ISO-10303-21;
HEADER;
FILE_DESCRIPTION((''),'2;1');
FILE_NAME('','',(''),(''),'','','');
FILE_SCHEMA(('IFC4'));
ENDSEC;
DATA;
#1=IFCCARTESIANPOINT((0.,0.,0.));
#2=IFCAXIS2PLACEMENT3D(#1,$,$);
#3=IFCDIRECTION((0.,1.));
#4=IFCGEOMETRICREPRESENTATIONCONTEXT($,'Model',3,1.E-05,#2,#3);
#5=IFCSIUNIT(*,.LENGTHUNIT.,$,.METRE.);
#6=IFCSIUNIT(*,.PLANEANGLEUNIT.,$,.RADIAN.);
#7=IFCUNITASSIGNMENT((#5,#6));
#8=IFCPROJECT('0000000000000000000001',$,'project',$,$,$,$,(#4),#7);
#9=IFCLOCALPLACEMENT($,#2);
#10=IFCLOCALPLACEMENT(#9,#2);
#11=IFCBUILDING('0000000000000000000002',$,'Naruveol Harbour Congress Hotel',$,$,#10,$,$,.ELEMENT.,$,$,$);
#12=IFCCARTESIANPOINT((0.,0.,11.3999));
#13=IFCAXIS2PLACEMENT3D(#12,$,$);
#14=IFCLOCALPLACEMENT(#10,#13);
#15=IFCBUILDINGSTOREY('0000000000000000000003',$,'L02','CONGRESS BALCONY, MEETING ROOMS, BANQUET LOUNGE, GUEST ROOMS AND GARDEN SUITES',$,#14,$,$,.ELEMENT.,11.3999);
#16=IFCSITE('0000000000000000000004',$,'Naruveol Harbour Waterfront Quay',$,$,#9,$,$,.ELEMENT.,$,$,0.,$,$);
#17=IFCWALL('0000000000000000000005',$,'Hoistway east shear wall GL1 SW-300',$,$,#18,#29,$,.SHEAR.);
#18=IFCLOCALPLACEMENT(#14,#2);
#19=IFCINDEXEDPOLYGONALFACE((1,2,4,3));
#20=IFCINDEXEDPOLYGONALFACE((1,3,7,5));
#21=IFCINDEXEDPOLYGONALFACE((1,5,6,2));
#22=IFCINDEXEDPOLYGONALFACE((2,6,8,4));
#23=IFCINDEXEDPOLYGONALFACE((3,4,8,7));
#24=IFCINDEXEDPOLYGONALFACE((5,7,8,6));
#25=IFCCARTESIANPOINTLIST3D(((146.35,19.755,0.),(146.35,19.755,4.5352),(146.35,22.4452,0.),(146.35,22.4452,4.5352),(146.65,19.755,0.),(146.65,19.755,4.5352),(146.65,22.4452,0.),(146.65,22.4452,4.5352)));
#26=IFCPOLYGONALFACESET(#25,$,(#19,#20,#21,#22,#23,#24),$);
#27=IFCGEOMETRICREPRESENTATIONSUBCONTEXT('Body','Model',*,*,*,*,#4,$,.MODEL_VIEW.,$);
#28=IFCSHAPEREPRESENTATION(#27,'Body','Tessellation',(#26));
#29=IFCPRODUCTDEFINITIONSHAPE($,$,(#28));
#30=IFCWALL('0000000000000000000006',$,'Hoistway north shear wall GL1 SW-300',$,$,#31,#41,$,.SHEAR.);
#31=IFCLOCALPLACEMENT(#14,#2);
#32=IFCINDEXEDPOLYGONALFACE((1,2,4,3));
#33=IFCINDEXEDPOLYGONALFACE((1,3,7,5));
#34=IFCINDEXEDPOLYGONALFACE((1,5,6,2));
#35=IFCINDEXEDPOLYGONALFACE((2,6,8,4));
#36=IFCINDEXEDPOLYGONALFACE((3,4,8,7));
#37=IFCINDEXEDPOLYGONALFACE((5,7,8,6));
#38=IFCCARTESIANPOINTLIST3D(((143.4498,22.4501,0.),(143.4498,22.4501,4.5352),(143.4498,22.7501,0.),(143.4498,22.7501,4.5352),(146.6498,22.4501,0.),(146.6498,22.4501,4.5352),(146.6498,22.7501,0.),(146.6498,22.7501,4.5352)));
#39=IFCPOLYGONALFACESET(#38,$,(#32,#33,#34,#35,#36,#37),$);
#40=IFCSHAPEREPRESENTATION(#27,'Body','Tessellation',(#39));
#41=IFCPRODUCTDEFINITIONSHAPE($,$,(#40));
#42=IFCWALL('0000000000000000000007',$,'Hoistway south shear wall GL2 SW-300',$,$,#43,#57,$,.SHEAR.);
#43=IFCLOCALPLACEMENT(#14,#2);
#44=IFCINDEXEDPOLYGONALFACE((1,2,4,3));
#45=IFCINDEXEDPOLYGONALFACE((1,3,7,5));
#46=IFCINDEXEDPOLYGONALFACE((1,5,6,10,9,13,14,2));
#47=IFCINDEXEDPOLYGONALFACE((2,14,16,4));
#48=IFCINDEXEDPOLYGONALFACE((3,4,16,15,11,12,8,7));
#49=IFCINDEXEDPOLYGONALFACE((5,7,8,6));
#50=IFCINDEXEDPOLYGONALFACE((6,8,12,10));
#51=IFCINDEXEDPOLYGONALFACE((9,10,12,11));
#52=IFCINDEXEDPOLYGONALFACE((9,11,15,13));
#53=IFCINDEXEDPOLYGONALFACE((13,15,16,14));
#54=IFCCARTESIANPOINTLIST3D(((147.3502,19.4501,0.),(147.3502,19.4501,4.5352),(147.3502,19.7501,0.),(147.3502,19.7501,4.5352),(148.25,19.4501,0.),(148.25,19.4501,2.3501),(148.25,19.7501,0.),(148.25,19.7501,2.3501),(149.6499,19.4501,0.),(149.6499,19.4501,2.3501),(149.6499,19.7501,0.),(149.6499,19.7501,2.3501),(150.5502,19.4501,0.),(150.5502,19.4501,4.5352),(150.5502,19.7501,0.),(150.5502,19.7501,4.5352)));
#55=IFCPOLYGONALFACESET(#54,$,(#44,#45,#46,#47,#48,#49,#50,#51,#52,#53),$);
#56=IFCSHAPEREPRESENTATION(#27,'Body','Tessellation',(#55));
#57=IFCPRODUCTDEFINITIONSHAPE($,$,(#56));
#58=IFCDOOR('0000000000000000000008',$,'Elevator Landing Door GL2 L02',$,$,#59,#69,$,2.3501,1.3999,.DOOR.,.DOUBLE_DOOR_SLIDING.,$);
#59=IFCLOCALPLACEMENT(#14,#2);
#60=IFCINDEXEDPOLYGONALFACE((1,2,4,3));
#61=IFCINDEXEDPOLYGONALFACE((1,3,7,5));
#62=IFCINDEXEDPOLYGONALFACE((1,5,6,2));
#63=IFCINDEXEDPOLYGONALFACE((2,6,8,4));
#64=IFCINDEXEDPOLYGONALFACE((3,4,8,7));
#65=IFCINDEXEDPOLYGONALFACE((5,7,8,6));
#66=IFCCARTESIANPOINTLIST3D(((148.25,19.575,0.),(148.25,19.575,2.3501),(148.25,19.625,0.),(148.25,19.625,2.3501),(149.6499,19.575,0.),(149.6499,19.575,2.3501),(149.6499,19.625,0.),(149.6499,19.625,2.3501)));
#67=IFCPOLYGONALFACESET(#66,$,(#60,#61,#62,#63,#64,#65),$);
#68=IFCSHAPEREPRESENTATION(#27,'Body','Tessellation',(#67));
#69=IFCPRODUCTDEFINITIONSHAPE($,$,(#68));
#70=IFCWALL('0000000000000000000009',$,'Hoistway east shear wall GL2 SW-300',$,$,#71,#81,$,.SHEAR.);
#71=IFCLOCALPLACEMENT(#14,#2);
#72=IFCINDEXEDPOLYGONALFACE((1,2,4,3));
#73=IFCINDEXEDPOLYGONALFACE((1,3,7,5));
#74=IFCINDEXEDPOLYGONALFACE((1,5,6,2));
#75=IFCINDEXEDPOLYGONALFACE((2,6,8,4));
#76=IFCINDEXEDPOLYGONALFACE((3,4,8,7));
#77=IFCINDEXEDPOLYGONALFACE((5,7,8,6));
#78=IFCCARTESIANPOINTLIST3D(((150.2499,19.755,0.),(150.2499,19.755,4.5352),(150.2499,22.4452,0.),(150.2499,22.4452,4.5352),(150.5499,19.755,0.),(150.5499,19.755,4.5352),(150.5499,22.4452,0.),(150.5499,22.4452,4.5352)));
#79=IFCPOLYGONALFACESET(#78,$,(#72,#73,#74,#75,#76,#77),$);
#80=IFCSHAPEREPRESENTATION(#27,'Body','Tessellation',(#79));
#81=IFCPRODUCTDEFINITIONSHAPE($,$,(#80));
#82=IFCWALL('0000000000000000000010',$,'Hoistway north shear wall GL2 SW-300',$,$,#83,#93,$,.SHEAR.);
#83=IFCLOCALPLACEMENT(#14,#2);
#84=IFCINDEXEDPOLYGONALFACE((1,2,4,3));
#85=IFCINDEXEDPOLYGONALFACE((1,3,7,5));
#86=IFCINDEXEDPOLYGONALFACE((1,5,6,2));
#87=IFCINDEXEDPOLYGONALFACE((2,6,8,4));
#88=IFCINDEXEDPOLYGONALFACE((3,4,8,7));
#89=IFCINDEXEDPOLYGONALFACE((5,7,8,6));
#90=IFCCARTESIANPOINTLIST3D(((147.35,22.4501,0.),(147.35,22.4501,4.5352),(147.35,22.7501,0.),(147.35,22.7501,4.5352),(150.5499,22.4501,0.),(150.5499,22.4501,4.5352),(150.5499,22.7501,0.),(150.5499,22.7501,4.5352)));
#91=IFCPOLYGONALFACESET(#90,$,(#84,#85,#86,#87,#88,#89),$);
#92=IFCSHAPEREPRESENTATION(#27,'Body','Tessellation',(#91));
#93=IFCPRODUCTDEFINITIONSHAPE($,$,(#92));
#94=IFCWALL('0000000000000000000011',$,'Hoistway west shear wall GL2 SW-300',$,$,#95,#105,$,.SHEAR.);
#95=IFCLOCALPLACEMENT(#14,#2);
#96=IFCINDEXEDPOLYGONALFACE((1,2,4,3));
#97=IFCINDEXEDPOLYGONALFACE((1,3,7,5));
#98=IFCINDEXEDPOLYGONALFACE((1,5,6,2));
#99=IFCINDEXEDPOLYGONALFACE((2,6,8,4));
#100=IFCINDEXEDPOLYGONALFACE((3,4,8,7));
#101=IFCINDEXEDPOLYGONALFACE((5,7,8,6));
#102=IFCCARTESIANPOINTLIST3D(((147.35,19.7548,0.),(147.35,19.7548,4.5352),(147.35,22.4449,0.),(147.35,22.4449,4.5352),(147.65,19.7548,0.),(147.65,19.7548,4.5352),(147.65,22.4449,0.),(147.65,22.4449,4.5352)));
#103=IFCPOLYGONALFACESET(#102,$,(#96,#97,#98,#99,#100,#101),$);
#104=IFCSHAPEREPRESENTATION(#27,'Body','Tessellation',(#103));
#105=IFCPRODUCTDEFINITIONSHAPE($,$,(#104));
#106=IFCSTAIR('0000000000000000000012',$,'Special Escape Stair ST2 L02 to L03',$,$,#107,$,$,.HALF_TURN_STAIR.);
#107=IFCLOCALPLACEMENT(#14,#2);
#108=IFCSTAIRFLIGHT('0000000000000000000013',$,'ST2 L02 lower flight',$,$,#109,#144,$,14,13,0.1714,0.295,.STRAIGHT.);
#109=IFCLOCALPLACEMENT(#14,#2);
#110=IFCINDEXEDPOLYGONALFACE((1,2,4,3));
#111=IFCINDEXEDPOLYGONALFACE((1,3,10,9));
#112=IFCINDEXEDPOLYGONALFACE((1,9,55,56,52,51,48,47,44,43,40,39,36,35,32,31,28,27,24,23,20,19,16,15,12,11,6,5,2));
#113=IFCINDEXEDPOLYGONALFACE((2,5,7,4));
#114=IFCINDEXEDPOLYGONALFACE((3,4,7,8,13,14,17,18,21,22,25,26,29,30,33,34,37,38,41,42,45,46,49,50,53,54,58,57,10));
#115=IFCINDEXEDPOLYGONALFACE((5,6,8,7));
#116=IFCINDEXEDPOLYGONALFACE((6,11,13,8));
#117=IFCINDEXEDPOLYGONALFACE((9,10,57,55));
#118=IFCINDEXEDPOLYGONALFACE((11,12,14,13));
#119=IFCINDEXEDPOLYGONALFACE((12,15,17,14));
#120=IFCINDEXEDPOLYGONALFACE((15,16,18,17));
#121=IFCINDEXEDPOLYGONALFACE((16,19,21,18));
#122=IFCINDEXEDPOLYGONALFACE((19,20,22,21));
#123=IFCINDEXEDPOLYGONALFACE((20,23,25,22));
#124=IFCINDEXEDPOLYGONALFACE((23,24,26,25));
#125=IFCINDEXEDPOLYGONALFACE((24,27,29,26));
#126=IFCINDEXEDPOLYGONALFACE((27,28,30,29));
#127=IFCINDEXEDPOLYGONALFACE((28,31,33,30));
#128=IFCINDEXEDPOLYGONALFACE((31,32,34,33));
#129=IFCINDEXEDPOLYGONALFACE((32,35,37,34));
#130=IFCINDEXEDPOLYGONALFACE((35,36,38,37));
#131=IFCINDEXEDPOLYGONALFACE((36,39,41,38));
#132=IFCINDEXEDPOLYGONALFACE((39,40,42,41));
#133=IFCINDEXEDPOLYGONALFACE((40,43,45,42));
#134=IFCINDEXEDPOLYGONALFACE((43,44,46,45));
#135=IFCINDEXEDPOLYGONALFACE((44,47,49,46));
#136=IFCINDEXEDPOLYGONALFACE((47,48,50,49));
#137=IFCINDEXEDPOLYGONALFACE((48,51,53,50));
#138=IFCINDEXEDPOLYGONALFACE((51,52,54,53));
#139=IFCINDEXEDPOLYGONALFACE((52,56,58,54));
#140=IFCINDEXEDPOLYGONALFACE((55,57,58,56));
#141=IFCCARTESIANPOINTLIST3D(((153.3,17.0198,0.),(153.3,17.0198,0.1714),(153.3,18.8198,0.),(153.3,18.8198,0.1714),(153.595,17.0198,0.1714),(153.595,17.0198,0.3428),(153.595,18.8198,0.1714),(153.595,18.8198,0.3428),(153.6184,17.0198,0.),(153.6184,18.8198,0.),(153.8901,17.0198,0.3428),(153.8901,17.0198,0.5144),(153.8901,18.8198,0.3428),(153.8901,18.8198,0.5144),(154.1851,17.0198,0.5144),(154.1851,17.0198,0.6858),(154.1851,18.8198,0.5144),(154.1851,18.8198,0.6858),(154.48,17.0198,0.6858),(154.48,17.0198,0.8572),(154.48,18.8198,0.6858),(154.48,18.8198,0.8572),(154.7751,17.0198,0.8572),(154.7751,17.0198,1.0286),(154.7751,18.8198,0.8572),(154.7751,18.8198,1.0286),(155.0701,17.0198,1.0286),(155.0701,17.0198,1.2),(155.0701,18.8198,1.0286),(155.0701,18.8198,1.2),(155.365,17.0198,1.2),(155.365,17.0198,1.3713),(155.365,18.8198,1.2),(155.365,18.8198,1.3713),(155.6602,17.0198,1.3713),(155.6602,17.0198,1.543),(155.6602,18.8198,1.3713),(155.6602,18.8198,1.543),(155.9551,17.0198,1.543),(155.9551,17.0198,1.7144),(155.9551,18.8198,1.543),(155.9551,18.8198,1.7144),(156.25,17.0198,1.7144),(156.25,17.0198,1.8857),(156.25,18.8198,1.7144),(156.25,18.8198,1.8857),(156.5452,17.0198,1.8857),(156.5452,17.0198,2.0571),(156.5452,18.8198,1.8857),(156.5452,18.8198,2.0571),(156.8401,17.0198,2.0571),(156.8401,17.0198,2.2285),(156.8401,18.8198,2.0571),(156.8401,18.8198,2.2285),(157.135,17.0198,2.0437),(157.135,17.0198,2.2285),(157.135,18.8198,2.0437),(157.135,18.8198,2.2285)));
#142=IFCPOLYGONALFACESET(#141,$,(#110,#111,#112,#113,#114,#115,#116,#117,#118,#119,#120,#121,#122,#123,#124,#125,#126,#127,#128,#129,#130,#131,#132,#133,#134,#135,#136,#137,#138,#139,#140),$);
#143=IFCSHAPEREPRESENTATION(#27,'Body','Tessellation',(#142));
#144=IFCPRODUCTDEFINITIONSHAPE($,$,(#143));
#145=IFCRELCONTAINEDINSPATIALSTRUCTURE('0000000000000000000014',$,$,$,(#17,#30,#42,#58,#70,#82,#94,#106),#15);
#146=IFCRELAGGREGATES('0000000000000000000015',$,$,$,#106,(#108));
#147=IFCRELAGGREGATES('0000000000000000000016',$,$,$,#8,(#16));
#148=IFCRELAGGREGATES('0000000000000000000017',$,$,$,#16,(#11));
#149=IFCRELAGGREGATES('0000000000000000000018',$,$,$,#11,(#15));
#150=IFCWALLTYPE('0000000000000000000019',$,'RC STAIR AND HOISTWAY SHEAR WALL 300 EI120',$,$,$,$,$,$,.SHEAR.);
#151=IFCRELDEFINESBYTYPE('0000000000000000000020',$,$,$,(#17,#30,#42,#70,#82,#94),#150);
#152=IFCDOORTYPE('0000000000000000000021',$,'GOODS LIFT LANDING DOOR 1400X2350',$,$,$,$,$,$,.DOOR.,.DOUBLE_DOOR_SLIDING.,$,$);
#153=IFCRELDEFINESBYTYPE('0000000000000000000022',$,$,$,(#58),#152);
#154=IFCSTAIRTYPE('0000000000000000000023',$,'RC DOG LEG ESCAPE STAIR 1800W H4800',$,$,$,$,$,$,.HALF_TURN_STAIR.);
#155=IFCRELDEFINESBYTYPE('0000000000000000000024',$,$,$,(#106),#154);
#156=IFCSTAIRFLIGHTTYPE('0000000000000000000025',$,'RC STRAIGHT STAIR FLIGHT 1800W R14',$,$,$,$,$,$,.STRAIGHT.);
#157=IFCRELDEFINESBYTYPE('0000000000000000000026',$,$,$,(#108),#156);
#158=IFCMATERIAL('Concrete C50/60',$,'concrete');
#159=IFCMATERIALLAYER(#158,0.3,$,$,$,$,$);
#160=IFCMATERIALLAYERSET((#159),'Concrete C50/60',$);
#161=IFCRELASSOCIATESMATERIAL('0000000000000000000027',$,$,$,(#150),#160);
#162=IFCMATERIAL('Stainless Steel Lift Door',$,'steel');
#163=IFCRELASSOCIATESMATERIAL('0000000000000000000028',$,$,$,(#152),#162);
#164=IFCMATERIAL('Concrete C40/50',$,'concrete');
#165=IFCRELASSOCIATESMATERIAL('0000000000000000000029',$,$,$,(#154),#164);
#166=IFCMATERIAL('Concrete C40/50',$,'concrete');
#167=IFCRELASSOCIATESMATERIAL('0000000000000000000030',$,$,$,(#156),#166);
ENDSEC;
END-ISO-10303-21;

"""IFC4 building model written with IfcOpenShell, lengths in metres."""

from ifc_helpers import new_model, si_unit, direction, frame, frame_2d, origin, place, context, subcontext, project, spatial, polyline, rectangle, outline, extrude, material, layer, layer_set, type_object, element, fill, aggregate, save


model = new_model("IFC4")

# Units and contexts
model_context = context("Model", 3, precision=1e-05, world=origin(), true_north=direction((0.0, 1.0)))
body_context = subcontext(model_context, "Body", "Model", "MODEL_VIEW")
ifc_project = project(units=[si_unit("LENGTHUNIT", "METRE"), si_unit("PLANEANGLEUNIT", "RADIAN")], contexts=[model_context])

# Site, building, storey
site_placement = place(None, origin())
site = spatial("IfcSite", under=ifc_project, at=site_placement, Name="Naruveol Harbour Waterfront Quay", CompositionType="ELEMENT", RefElevation=0.0)
building_placement = place(site_placement, origin())
building = spatial("IfcBuilding", under=site, at=building_placement, Name="Naruveol Harbour Congress Hotel", CompositionType="ELEMENT")
storey_placement = place(building_placement, frame((0.0, 0.0, 11.3999)))
storey = spatial("IfcBuildingStorey", under=building, at=storey_placement, Name="L02", Description="CONGRESS BALCONY, MEETING ROOMS, BANQUET LOUNGE, GUEST ROOMS AND GARDEN SUITES", CompositionType="ELEMENT", Elevation=11.3999)

# Walls
ifc_material_1 = material(Name="Concrete C50/60", Category="concrete")
ifc_layer_1 = layer(ifc_material_1, 0.3)
ifc_layer_set_1 = layer_set([ifc_layer_1], Name="Concrete C50/60")
wall_type_1 = type_object("IfcWallType", Name="RC STAIR AND HOISTWAY SHEAR WALL 300 EI120", PredefinedType="SHEAR", material=ifc_layer_set_1)
wall_1_placement = place(storey_placement, frame((146.5, 19.7549, 0.0), z_axis=(0.0, 0.0, 1.0), x_axis=(0.0, 1.0, 0.0)))
element("IfcWall", 1, at=wall_1_placement, inside=storey, type_object=wall_type_1, Name="Hoistway east shear wall GL1 SW-300", PredefinedType="SHEAR", context=body_context, shape_type="SweptSolid", body=[
    extrude(rectangle(XDim=2.6902, YDim=0.3, at=frame_2d((1.3452, 0.0))), origin(), (0.0, 0.0, 1.0), 4.5352),
])
wall_2_placement = place(storey_placement, frame((146.6499, 22.6001, 0.0), z_axis=(0.0, 0.0, 1.0), x_axis=(-1.0, 0.0, 0.0)))
element("IfcWall", 2, at=wall_2_placement, inside=storey, type_object=wall_type_1, Name="Hoistway north shear wall GL1 SW-300", PredefinedType="SHEAR", context=body_context, shape_type="SweptSolid", body=[
    extrude(rectangle(XDim=3.2, YDim=0.3, at=frame_2d((1.6001, 0.0))), origin(), (0.0, 0.0, 1.0), 4.5352),
])

# Wall, opening, door
wall_3_placement = place(storey_placement, frame((147.3501, 19.6001, 0.0), z_axis=(0.0, 0.0, 1.0), x_axis=(1.0, 0.0, 0.0)))
wall_3 = element("IfcWall", 3, at=wall_3_placement, inside=storey, type_object=wall_type_1, Name="Hoistway south shear wall GL2 SW-300", PredefinedType="SHEAR", context=body_context, shape_type="SweptSolid", body=[
    extrude(rectangle(XDim=3.2, YDim=0.3, at=frame_2d((1.6001, 0.0))), origin(), (0.0, 0.0, 1.0), 4.5352),
])
opening_1_placement = place(wall_3_placement, frame((0.8999, 0.0, 0.0)))
opening_1 = element("IfcOpeningElement", 4, at=opening_1_placement, cuts=wall_3, PredefinedType="OPENING", context=body_context, shape_type="SweptSolid", body=[
    extrude(rectangle(XDim=1.3999, YDim=2.3501, at=frame_2d((0.7, 1.175))), frame((0.0, 0.1599, 0.0), z_axis=(0.0, -1.0, 0.0), x_axis=(1.0, 0.0, 0.0)), (0.0, 0.0, 1.0), 0.3201),
])
ifc_material_2 = material(Name="Stainless Steel Lift Door", Category="steel")
door_type_1 = type_object("IfcDoorType", Name="GOODS LIFT LANDING DOOR 1400X2350", OperationType="DOUBLE_DOOR_SLIDING", PredefinedType="DOOR", material=ifc_material_2)
door_1_placement = place(opening_1_placement, origin())
door_1 = element("IfcDoor", 5, at=door_1_placement, inside=storey, type_object=door_type_1, Name="Elevator Landing Door GL2 L02", OperationType="DOUBLE_DOOR_SLIDING", OverallHeight=2.3501, OverallWidth=1.3999, PredefinedType="DOOR", context=body_context, shape_type="SweptSolid", body=[
    extrude(rectangle(XDim=1.3999, YDim=2.3501, at=frame_2d((0.7, 1.175))), frame((0.0, 0.0249, 0.0), z_axis=(0.0, -1.0, 0.0), x_axis=(1.0, 0.0, 0.0)), (0.0, 0.0, 1.0), 0.05),
])
fill(opening_1, door_1)

# Walls
wall_4_placement = place(storey_placement, frame((150.3999, 19.7549, 0.0), z_axis=(0.0, 0.0, 1.0), x_axis=(0.0, 1.0, 0.0)))
element("IfcWall", 6, at=wall_4_placement, inside=storey, type_object=wall_type_1, Name="Hoistway east shear wall GL2 SW-300", PredefinedType="SHEAR", context=body_context, shape_type="SweptSolid", body=[
    extrude(rectangle(XDim=2.6902, YDim=0.3, at=frame_2d((1.3452, 0.0))), origin(), (0.0, 0.0, 1.0), 4.5352),
])
wall_5_placement = place(storey_placement, frame((150.55, 22.6001, 0.0), z_axis=(0.0, 0.0, 1.0), x_axis=(-1.0, 0.0, 0.0)))
element("IfcWall", 7, at=wall_5_placement, inside=storey, type_object=wall_type_1, Name="Hoistway north shear wall GL2 SW-300", PredefinedType="SHEAR", context=body_context, shape_type="SweptSolid", body=[
    extrude(rectangle(XDim=3.2, YDim=0.3, at=frame_2d((1.6001, 0.0))), origin(), (0.0, 0.0, 1.0), 4.5352),
])
wall_6_placement = place(storey_placement, frame((147.5, 22.4451, 0.0), z_axis=(0.0, 0.0, 1.0), x_axis=(0.0, -1.0, 0.0)))
element("IfcWall", 8, at=wall_6_placement, inside=storey, type_object=wall_type_1, Name="Hoistway west shear wall GL2 SW-300", PredefinedType="SHEAR", context=body_context, shape_type="SweptSolid", body=[
    extrude(rectangle(XDim=2.6902, YDim=0.3, at=frame_2d((1.3452, 0.0))), origin(), (0.0, 0.0, 1.0), 4.5352),
])

# Stair, stair flight
ifc_material_3 = material(Name="Concrete C40/50", Category="concrete")
stair_type = type_object("IfcStairType", Name="RC DOG LEG ESCAPE STAIR 1800W H4800", PredefinedType="HALF_TURN_STAIR", material=ifc_material_3)
stair_placement = place(storey_placement, origin())
stair = element("IfcStair", 9, at=stair_placement, inside=storey, type_object=stair_type, Name="Special Escape Stair ST2 L02 to L03", PredefinedType="HALF_TURN_STAIR")
ifc_material_4 = material(Name="Concrete C40/50", Category="concrete")
stair_flight_type = type_object("IfcStairFlightType", Name="RC STRAIGHT STAIR FLIGHT 1800W R14", PredefinedType="STRAIGHT", material=ifc_material_4)
stair_flight_placement = place(storey_placement, frame((153.3, 17.9199, 0.0), z_axis=(0.0, 0.0, 1.0), x_axis=(1.0, 0.0, 0.0)))
stair_flight = element("IfcStairFlight", 10, at=stair_flight_placement, type_object=stair_flight_type, Name="ST2 L02 lower flight", NumberOfRisers=14, NumberOfTreads=13, PredefinedType="STRAIGHT", RiserHeight=0.1714, TreadLength=0.295, context=body_context, shape_type="SweptSolid", body=[
    extrude(outline(polyline([(0.0, 0.0), (0.0, 0.1714), (0.2949, 0.1714), (0.2949, 0.3428), (0.5901, 0.3428), (0.5901, 0.5144), (0.885, 0.5144), (0.885, 0.6858), (1.1799, 0.6858), (1.1799, 0.8572), (1.4751, 0.8572), (1.4751, 1.0286), (1.77, 1.0286), (1.77, 1.2), (2.0649, 1.2), (2.0649, 1.3713), (2.3601, 1.3713), (2.3601, 1.543), (2.655, 1.543), (2.655, 1.7144), (2.95, 1.7144), (2.95, 1.8857), (3.2451, 1.8857), (3.2451, 2.0571), (3.54, 2.0571), (3.54, 2.2285), (3.835, 2.2285), (3.835, 2.3999), (3.835, 2.0437), (0.3184, 0.0), (0.0, 0.0)])), frame((0.0, 0.8999, 0.0), z_axis=(0.0, -1.0, 0.0), x_axis=(1.0, 0.0, 0.0)), (0.0, 0.0, 1.0), 1.8),
])
aggregate(stair, [stair_flight])

save(model, "model.ifc")
